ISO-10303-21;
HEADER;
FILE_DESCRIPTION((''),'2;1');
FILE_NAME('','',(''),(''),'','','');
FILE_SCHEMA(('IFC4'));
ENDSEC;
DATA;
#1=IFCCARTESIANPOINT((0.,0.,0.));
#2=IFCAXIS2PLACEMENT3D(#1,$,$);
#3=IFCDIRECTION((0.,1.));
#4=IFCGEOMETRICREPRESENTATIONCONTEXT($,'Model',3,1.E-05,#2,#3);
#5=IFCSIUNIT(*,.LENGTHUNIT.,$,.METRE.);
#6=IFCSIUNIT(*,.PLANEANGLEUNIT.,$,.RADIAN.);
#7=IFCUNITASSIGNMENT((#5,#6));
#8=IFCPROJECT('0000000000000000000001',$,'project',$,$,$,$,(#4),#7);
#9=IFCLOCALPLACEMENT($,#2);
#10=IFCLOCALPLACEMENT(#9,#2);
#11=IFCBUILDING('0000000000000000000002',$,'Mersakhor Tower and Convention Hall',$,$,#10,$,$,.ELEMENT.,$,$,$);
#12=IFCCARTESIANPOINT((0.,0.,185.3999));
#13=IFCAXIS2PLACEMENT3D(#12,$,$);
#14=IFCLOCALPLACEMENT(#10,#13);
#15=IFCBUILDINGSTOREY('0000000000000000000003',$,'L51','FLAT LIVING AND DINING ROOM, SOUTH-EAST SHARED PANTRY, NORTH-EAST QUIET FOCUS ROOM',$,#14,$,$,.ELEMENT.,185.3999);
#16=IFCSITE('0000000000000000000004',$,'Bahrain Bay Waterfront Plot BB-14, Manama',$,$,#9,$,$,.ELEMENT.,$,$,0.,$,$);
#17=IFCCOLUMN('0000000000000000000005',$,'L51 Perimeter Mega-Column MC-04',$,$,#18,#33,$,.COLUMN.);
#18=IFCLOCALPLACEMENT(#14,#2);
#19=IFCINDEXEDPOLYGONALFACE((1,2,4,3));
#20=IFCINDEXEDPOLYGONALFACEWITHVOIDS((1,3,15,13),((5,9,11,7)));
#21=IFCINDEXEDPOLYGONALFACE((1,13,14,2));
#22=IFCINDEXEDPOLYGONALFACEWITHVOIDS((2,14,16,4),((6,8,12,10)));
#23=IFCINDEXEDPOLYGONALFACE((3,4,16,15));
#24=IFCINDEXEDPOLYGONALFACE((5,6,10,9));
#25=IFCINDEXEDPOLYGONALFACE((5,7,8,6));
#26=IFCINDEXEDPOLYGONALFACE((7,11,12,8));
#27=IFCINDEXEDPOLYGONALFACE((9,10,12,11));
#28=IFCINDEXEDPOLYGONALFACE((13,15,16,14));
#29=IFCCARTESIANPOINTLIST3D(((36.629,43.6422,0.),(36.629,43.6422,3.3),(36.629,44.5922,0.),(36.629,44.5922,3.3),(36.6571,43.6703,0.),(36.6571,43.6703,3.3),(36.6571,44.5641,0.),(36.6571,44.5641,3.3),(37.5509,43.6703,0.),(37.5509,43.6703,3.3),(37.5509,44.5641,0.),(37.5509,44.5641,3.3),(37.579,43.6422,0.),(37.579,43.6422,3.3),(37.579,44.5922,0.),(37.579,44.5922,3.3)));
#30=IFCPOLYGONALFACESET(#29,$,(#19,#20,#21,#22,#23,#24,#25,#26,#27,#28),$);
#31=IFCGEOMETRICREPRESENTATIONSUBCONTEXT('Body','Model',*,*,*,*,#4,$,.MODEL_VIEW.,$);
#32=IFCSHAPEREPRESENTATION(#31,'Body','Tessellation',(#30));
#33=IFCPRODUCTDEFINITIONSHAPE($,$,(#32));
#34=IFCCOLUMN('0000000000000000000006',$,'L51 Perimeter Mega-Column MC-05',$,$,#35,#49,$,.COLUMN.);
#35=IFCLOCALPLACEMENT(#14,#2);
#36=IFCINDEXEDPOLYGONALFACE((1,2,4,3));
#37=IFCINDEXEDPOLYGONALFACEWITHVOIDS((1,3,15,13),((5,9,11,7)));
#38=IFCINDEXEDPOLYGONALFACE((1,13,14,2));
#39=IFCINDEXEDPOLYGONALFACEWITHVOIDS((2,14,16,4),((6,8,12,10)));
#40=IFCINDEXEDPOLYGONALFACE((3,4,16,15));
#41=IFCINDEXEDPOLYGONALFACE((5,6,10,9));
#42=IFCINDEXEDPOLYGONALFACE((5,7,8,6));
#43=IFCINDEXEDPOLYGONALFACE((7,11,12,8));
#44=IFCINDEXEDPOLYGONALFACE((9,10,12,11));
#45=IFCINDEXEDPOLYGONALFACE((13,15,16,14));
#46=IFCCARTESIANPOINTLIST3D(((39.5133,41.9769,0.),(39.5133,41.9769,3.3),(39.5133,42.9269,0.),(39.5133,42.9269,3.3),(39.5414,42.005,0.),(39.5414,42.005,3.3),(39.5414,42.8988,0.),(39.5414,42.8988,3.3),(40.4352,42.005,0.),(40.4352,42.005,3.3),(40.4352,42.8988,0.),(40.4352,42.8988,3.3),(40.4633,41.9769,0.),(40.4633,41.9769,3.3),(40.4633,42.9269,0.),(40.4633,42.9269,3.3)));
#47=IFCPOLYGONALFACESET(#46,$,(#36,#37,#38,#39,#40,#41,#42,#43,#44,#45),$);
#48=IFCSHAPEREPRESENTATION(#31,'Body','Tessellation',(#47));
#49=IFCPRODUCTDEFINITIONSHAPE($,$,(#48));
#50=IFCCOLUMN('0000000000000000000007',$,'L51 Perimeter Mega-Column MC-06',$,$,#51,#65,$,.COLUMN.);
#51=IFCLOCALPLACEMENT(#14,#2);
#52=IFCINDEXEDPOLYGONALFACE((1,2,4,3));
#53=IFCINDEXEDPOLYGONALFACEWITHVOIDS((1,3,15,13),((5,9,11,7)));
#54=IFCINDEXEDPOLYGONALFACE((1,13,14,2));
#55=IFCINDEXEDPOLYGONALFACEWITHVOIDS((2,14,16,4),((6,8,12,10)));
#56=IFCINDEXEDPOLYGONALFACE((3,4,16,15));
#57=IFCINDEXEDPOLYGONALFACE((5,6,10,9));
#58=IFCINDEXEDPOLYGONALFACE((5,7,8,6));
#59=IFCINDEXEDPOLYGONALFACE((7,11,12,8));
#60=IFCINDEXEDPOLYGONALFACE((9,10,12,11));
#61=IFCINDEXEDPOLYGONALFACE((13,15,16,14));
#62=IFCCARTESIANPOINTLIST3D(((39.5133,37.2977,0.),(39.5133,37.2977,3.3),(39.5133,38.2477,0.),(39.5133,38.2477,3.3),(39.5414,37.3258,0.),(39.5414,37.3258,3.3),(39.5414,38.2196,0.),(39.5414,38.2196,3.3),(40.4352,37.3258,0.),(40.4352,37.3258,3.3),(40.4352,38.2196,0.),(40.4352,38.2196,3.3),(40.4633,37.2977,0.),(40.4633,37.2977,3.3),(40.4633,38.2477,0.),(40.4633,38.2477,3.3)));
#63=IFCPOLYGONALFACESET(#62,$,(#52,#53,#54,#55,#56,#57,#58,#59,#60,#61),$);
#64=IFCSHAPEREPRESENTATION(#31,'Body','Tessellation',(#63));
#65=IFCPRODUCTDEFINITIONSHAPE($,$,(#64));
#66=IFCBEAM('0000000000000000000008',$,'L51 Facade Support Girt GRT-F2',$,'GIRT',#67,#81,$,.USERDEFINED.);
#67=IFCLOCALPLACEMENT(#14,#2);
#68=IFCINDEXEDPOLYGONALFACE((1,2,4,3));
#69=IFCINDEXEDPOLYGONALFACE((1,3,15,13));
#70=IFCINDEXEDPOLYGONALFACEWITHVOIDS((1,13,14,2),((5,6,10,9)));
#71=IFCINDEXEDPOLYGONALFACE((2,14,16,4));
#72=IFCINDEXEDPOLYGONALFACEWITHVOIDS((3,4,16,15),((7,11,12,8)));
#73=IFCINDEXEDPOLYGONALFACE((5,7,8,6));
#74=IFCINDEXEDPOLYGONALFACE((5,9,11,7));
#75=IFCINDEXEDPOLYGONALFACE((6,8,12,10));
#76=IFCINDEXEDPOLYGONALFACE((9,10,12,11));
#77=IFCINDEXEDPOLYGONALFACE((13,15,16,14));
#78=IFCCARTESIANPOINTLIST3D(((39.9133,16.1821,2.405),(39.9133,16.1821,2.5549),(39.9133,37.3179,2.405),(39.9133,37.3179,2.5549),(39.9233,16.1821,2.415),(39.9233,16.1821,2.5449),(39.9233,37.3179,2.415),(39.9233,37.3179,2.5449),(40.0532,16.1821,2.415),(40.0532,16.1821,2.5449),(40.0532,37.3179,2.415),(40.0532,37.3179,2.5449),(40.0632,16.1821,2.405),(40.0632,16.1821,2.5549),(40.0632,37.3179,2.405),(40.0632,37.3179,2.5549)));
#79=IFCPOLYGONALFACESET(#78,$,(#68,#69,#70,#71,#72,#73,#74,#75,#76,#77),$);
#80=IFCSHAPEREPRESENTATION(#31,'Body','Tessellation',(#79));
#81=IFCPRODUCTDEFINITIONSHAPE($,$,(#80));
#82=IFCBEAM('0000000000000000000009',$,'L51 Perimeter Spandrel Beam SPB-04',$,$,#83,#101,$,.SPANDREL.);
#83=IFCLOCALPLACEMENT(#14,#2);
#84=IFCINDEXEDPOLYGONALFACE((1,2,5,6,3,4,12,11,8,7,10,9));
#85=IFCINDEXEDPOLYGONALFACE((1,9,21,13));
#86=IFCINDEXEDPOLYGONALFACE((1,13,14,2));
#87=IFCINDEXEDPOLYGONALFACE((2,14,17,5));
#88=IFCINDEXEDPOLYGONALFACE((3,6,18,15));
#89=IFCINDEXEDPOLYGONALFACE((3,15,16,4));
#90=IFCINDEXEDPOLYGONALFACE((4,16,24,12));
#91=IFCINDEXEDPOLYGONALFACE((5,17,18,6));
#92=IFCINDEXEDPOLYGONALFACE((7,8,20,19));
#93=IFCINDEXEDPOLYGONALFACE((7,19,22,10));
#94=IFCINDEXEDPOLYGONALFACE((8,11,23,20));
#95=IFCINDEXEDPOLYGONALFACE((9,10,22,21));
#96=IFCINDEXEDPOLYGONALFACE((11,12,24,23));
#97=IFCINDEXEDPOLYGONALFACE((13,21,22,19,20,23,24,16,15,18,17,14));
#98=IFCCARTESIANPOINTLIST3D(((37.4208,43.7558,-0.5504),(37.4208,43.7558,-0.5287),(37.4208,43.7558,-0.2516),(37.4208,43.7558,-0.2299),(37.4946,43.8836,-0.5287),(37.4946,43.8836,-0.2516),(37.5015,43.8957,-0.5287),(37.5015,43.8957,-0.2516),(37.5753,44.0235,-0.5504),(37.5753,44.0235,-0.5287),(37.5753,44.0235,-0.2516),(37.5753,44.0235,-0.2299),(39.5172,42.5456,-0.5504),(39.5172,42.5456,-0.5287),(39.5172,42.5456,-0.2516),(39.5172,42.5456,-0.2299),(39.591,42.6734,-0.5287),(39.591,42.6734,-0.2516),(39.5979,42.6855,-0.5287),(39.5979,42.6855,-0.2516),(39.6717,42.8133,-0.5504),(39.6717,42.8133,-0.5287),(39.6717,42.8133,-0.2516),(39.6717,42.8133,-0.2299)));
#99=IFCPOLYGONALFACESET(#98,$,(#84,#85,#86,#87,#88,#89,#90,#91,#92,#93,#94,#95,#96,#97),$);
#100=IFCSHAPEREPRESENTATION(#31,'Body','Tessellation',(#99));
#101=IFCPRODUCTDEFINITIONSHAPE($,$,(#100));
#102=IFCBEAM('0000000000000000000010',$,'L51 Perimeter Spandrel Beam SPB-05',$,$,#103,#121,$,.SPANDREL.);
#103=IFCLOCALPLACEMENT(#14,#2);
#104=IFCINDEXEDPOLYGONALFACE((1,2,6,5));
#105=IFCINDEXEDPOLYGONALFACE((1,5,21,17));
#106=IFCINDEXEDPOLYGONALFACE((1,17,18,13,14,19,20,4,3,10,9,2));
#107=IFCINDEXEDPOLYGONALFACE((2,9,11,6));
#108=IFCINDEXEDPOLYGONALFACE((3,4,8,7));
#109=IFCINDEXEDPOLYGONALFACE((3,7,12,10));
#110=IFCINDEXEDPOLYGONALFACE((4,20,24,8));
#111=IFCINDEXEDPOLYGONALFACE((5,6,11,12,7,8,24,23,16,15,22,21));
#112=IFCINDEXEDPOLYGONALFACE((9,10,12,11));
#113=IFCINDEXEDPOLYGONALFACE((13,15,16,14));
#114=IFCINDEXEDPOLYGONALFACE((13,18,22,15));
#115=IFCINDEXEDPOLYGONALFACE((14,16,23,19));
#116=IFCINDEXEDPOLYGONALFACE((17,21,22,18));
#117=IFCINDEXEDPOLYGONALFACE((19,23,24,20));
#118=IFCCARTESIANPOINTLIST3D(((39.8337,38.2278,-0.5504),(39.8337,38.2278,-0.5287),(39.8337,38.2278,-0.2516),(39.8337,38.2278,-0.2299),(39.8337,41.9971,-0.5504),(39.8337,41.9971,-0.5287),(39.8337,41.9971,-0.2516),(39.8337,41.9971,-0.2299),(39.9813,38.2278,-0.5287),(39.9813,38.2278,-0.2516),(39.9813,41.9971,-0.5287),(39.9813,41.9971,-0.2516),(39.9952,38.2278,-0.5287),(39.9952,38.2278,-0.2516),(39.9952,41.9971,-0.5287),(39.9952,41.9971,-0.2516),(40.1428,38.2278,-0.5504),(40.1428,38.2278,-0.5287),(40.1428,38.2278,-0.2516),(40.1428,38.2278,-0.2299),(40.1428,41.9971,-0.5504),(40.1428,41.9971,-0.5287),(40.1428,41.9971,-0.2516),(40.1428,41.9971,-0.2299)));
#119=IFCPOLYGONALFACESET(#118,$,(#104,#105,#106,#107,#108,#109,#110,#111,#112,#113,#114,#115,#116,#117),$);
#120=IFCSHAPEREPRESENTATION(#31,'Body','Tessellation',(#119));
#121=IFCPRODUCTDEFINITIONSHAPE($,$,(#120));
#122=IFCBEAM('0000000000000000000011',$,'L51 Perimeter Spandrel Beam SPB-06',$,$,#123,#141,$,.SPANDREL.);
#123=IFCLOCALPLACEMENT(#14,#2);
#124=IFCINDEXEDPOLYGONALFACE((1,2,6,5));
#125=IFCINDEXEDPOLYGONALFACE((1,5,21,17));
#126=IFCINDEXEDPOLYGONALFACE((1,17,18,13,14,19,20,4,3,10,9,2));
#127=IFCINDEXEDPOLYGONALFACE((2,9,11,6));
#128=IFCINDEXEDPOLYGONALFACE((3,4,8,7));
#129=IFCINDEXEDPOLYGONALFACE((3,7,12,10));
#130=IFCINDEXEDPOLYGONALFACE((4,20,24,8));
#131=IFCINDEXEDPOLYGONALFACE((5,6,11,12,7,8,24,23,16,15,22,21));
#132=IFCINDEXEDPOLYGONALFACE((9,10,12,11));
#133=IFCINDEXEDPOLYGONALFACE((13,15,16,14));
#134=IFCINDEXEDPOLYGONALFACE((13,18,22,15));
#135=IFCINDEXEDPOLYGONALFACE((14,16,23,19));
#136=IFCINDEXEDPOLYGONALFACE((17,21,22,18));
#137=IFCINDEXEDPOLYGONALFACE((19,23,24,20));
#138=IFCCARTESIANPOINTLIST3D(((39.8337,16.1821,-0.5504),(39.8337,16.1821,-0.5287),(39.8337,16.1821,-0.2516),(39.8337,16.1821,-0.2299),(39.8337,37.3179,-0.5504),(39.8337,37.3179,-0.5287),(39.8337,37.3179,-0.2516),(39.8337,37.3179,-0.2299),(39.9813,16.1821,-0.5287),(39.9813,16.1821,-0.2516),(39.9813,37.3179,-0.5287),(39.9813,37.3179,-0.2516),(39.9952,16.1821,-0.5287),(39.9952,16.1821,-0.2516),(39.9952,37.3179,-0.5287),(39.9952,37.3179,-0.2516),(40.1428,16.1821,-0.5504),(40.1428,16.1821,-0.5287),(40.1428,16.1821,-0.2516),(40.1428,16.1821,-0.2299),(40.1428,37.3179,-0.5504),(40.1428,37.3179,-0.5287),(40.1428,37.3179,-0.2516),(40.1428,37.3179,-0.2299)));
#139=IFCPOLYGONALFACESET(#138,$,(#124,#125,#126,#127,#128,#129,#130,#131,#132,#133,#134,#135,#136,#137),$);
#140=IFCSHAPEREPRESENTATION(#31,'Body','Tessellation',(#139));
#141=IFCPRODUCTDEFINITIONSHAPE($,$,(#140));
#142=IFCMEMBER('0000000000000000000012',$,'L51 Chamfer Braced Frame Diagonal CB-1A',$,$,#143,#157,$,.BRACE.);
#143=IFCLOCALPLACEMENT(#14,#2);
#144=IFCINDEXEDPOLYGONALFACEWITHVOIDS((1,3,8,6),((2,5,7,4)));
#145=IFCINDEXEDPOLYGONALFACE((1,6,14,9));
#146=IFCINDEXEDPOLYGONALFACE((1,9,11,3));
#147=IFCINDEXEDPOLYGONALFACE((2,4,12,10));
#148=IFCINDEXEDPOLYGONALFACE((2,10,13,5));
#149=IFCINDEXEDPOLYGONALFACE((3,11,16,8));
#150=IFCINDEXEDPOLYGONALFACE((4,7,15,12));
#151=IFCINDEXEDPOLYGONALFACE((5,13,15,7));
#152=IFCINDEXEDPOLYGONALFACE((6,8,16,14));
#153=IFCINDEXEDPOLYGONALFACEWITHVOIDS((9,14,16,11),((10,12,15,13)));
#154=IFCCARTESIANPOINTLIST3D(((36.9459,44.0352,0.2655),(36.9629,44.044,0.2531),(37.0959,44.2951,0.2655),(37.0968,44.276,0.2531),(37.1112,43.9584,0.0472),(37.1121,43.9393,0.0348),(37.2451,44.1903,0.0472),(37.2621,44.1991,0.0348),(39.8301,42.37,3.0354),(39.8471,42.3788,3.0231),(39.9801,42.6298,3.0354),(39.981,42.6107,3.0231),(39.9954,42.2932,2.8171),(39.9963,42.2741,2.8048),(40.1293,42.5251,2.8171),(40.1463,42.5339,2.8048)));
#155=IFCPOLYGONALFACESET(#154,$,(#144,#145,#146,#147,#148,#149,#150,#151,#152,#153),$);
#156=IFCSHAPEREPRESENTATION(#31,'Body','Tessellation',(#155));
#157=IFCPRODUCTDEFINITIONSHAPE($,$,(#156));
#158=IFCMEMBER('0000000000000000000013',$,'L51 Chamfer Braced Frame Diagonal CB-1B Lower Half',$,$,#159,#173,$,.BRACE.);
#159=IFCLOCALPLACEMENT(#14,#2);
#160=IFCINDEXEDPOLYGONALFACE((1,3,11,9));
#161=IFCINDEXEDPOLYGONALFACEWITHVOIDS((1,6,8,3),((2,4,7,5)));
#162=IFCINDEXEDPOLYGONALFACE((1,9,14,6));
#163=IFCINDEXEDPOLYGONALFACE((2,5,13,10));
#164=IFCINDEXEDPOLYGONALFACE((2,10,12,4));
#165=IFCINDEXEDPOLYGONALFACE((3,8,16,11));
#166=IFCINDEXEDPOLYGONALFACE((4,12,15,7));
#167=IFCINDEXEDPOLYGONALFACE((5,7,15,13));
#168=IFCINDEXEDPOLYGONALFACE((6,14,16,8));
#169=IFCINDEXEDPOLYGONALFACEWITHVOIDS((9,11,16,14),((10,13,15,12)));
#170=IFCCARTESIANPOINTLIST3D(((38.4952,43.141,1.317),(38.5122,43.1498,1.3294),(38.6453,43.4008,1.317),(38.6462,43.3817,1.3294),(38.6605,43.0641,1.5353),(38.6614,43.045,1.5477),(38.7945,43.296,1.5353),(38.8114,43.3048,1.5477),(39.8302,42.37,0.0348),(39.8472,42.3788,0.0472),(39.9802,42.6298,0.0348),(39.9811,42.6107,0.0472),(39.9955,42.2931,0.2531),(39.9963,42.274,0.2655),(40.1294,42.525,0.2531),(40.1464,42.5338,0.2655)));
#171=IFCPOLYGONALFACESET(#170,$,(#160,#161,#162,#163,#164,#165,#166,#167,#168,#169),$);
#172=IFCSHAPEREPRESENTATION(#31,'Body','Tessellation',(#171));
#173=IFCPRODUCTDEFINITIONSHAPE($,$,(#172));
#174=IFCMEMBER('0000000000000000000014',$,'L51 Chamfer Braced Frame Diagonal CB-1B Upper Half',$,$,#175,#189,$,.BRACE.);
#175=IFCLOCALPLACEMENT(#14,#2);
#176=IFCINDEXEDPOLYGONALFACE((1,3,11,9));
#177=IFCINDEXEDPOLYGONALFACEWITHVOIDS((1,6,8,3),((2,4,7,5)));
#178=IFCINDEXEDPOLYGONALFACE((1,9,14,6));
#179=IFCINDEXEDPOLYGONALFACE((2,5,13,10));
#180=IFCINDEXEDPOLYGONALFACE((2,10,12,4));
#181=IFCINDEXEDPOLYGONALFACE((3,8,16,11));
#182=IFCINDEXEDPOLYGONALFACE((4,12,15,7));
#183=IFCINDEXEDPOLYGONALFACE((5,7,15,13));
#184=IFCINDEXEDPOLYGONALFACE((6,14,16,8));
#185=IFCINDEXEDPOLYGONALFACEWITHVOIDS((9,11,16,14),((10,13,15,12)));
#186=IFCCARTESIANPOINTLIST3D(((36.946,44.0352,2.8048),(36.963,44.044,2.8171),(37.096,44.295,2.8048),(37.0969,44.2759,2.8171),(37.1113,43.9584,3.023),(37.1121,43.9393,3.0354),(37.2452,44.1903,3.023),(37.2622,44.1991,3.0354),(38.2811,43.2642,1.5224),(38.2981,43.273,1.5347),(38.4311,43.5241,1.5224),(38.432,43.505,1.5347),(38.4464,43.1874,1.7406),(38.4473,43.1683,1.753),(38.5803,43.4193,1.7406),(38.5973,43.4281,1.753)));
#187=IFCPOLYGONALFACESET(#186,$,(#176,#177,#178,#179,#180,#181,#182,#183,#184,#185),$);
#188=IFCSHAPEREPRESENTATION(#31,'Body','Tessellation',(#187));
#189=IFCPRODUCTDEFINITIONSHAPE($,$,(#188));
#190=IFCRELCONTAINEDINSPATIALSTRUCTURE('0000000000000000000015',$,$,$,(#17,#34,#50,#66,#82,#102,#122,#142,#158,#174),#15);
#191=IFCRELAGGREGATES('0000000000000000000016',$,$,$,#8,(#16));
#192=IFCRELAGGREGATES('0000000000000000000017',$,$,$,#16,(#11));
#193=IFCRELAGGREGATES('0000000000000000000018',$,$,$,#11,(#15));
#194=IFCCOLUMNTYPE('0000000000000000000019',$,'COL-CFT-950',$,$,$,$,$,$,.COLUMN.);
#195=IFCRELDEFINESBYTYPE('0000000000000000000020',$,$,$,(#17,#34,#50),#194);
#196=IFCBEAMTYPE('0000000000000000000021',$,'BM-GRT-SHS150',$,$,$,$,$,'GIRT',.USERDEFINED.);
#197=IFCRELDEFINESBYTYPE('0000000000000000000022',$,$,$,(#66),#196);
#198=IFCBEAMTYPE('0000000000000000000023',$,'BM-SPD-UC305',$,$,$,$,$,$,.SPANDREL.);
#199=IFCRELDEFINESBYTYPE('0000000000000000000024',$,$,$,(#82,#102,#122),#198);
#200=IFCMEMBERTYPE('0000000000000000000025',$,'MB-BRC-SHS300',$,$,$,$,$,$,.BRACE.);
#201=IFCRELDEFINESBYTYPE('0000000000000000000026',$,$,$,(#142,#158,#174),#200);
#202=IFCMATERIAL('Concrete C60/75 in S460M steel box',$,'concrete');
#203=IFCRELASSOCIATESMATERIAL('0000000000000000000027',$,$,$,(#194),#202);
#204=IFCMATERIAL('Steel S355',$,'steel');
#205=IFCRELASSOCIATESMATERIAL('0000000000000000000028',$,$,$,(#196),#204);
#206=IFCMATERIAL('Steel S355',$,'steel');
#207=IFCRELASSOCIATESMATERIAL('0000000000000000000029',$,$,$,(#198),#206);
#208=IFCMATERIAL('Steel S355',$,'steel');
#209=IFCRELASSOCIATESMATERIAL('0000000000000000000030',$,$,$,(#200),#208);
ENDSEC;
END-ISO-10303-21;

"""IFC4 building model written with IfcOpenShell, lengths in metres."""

from ifc_helpers import new_model, si_unit, direction, frame, origin, origin_2d, place, context, subcontext, project, spatial, hollow_rectangle, i_section, extrude, material, material_profile, profile_set, type_object, element, save


model = new_model("IFC4")

# Units and contexts
model_context = context("Model", 3, precision=1e-05, world=origin(), true_north=direction((0.0, 1.0)))
body_context = subcontext(model_context, "Body", "Model", "MODEL_VIEW")
ifc_project = project(units=[si_unit("LENGTHUNIT", "METRE"), si_unit("PLANEANGLEUNIT", "RADIAN")], contexts=[model_context])

# Site, building, storey
site_placement = place(None, origin())
site = spatial("IfcSite", under=ifc_project, at=site_placement, Name="Bahrain Bay Waterfront Plot BB-14, Manama", CompositionType="ELEMENT", RefElevation=0.0)
building_placement = place(site_placement, origin())
building = spatial("IfcBuilding", under=site, at=building_placement, Name="Mersakhor Tower and Convention Hall", CompositionType="ELEMENT")
storey_placement = place(building_placement, frame((0.0, 0.0, 185.3999)))
storey = spatial("IfcBuildingStorey", under=building, at=storey_placement, Name="L51", Description="FLAT LIVING AND DINING ROOM, SOUTH-EAST SHARED PANTRY, NORTH-EAST QUIET FOCUS ROOM", CompositionType="ELEMENT", Elevation=185.3999)

# Columns
ifc_material_1 = material(Name="Concrete C60/75 in S460M steel box", Category="concrete")
ifc_material_profile_1 = material_profile(ifc_material_1, hollow_rectangle(XDim=0.95, YDim=0.95, WallThickness=0.0281, at=origin_2d()), Name="SHS 950x950x28")
ifc_profile_set_1 = profile_set([ifc_material_profile_1], Name="Concrete C60/75 in S460M steel box")
column_type = type_object("IfcColumnType", Name="COL-CFT-950", PredefinedType="COLUMN", material=ifc_profile_set_1)
for number, where, z_axis, x_axis, name in (
    (1, (37.104, 44.1172, 0.0), (0.0, 0.0, 1.0), (1.0, 0.0, 0.0), "L51 Perimeter Mega-Column MC-04"),
    (2, (39.9883, 42.4519, 0.0), (0.0, 0.0, 1.0), (1.0, 0.0, 0.0), "L51 Perimeter Mega-Column MC-05"),
    (3, (39.9883, 37.7727, 0.0), (0.0, 0.0, 1.0), (1.0, 0.0, 0.0), "L51 Perimeter Mega-Column MC-06"),
):
    element("IfcColumn", number, at=place(storey_placement, frame(where, z_axis=z_axis, x_axis=x_axis)), inside=storey, type_object=column_type, Name=name, PredefinedType="COLUMN", context=body_context, shape_type="SweptSolid", body=[
        extrude(hollow_rectangle(XDim=0.95, YDim=0.95, WallThickness=0.0281, at=origin_2d()), origin(), (0.0, 0.0, 1.0), 3.3),
    ])

# Beams
ifc_material_2 = material(Name="Steel S355", Category="steel")
ifc_material_profile_2 = material_profile(ifc_material_2, hollow_rectangle(XDim=0.1499, YDim=0.1499, WallThickness=0.01, at=origin_2d()), Name="SHS 150x150x10")
ifc_profile_set_2 = profile_set([ifc_material_profile_2], Name="Steel S355")
beam_type_1 = type_object("IfcBeamType", Name="BM-GRT-SHS150", ElementType="GIRT", PredefinedType="USERDEFINED", material=ifc_profile_set_2)
beam_1_placement = place(storey_placement, frame((39.9883, 37.3179, 2.48), z_axis=(0.0, -1.0, 0.0), x_axis=(1.0, 0.0, 0.0)))
element("IfcBeam", 4, at=beam_1_placement, inside=storey, type_object=beam_type_1, Name="L51 Facade Support Girt GRT-F2", ObjectType="GIRT", PredefinedType="USERDEFINED", context=body_context, shape_type="SweptSolid", body=[
    extrude(hollow_rectangle(XDim=0.1499, YDim=0.1499, WallThickness=0.01, at=origin_2d()), origin(), (0.0, 0.0, 1.0), 21.1357),
])
ifc_material_3 = material(Name="Steel S355", Category="steel")
ifc_material_profile_3 = material_profile(ifc_material_3, i_section(OverallWidth=0.3091, OverallDepth=0.3206, WebThickness=0.0139, FlangeThickness=0.0217, at=origin_2d()), Name="UC 305x305x137")
ifc_profile_set_3 = profile_set([ifc_material_profile_3], Name="Steel S355")
beam_type_2 = type_object("IfcBeamType", Name="BM-SPD-UC305", PredefinedType="SPANDREL", material=ifc_profile_set_3)
beam_2_placement = place(storey_placement, frame((37.498, 43.8896, -0.3901), z_axis=(0.866056, -0.499947, 0.0), x_axis=(0.499947, 0.866056, 0.0)))
element("IfcBeam", 5, at=beam_2_placement, inside=storey, type_object=beam_type_2, Name="L51 Perimeter Spandrel Beam SPB-04", PredefinedType="SPANDREL", context=body_context, shape_type="SweptSolid", body=[
    extrude(i_section(OverallWidth=0.3091, OverallDepth=0.3206, WebThickness=0.0139, FlangeThickness=0.0217, at=origin_2d()), origin(), (0.0, 0.0, 1.0), 2.4207),
])
beam_3_placement = place(storey_placement, frame((39.9883, 41.9971, -0.3901), z_axis=(0.0, -1.0, 0.0), x_axis=(1.0, 0.0, 0.0)))
element("IfcBeam", 6, at=beam_3_placement, inside=storey, type_object=beam_type_2, Name="L51 Perimeter Spandrel Beam SPB-05", PredefinedType="SPANDREL", context=body_context, shape_type="SweptSolid", body=[
    extrude(i_section(OverallWidth=0.3091, OverallDepth=0.3206, WebThickness=0.0139, FlangeThickness=0.0217, at=origin_2d()), origin(), (0.0, 0.0, 1.0), 3.7693),
])
beam_4_placement = place(storey_placement, frame((39.9883, 37.3179, -0.3901), z_axis=(0.0, -1.0, 0.0), x_axis=(1.0, 0.0, 0.0)))
element("IfcBeam", 7, at=beam_4_placement, inside=storey, type_object=beam_type_2, Name="L51 Perimeter Spandrel Beam SPB-06", PredefinedType="SPANDREL", context=body_context, shape_type="SweptSolid", body=[
    extrude(i_section(OverallWidth=0.3091, OverallDepth=0.3206, WebThickness=0.0139, FlangeThickness=0.0217, at=origin_2d()), origin(), (0.0, 0.0, 1.0), 21.1357),
])

# Members
ifc_material_4 = material(Name="Steel S355", Category="steel")
ifc_material_profile_4 = material_profile(ifc_material_4, hollow_rectangle(XDim=0.3, YDim=0.3, WallThickness=0.0161, at=origin_2d()), Name="SHS 300x300x16")
ifc_profile_set_4 = profile_set([ifc_material_profile_4], Name="Steel S355")
member_type = type_object("IfcMemberType", Name="MB-BRC-SHS300", PredefinedType="BRACE", material=ifc_profile_set_4)
member_1_placement = place(storey_placement, frame((37.104, 44.1172, 0.1501), z_axis=(0.665825, -0.384425, 0.639449), x_axis=(0.50001, 0.86602, 0.0)))
element("IfcMember", 8, at=member_1_placement, inside=storey, type_object=member_type, Name="L51 Chamfer Braced Frame Diagonal CB-1A", PredefinedType="BRACE", context=body_context, shape_type="SweptSolid", body=[
    extrude(hollow_rectangle(XDim=0.3, YDim=0.3, WallThickness=0.0161, at=origin_2d()), origin(), (0.0, 0.0, 1.0), 4.3318),
])
member_2_placement = place(storey_placement, frame((39.9883, 42.4519, 0.1501), z_axis=(-0.665763, 0.384506, 0.639464), x_axis=(-0.500125, -0.865953, 0.0)))
element("IfcMember", 9, at=member_2_placement, inside=storey, type_object=member_type, Name="L51 Chamfer Braced Frame Diagonal CB-1B Lower Half", PredefinedType="BRACE", context=body_context, shape_type="SweptSolid", body=[
    extrude(hollow_rectangle(XDim=0.3, YDim=0.3, WallThickness=0.0161, at=origin_2d()), origin(), (0.0, 0.0, 1.0), 2.0051),
])
member_3_placement = place(storey_placement, frame((38.4392, 43.3462, 1.6377), z_axis=(-0.665779, 0.384445, 0.639484), x_axis=(-0.500056, -0.865993, 0.0)))
element("IfcMember", 10, at=member_3_placement, inside=storey, type_object=member_type, Name="L51 Chamfer Braced Frame Diagonal CB-1B Upper Half", PredefinedType="BRACE", context=body_context, shape_type="SweptSolid", body=[
    extrude(hollow_rectangle(XDim=0.3, YDim=0.3, WallThickness=0.0161, at=origin_2d()), origin(), (0.0, 0.0, 1.0), 2.0054),
])

save(model, "model.ifc")
